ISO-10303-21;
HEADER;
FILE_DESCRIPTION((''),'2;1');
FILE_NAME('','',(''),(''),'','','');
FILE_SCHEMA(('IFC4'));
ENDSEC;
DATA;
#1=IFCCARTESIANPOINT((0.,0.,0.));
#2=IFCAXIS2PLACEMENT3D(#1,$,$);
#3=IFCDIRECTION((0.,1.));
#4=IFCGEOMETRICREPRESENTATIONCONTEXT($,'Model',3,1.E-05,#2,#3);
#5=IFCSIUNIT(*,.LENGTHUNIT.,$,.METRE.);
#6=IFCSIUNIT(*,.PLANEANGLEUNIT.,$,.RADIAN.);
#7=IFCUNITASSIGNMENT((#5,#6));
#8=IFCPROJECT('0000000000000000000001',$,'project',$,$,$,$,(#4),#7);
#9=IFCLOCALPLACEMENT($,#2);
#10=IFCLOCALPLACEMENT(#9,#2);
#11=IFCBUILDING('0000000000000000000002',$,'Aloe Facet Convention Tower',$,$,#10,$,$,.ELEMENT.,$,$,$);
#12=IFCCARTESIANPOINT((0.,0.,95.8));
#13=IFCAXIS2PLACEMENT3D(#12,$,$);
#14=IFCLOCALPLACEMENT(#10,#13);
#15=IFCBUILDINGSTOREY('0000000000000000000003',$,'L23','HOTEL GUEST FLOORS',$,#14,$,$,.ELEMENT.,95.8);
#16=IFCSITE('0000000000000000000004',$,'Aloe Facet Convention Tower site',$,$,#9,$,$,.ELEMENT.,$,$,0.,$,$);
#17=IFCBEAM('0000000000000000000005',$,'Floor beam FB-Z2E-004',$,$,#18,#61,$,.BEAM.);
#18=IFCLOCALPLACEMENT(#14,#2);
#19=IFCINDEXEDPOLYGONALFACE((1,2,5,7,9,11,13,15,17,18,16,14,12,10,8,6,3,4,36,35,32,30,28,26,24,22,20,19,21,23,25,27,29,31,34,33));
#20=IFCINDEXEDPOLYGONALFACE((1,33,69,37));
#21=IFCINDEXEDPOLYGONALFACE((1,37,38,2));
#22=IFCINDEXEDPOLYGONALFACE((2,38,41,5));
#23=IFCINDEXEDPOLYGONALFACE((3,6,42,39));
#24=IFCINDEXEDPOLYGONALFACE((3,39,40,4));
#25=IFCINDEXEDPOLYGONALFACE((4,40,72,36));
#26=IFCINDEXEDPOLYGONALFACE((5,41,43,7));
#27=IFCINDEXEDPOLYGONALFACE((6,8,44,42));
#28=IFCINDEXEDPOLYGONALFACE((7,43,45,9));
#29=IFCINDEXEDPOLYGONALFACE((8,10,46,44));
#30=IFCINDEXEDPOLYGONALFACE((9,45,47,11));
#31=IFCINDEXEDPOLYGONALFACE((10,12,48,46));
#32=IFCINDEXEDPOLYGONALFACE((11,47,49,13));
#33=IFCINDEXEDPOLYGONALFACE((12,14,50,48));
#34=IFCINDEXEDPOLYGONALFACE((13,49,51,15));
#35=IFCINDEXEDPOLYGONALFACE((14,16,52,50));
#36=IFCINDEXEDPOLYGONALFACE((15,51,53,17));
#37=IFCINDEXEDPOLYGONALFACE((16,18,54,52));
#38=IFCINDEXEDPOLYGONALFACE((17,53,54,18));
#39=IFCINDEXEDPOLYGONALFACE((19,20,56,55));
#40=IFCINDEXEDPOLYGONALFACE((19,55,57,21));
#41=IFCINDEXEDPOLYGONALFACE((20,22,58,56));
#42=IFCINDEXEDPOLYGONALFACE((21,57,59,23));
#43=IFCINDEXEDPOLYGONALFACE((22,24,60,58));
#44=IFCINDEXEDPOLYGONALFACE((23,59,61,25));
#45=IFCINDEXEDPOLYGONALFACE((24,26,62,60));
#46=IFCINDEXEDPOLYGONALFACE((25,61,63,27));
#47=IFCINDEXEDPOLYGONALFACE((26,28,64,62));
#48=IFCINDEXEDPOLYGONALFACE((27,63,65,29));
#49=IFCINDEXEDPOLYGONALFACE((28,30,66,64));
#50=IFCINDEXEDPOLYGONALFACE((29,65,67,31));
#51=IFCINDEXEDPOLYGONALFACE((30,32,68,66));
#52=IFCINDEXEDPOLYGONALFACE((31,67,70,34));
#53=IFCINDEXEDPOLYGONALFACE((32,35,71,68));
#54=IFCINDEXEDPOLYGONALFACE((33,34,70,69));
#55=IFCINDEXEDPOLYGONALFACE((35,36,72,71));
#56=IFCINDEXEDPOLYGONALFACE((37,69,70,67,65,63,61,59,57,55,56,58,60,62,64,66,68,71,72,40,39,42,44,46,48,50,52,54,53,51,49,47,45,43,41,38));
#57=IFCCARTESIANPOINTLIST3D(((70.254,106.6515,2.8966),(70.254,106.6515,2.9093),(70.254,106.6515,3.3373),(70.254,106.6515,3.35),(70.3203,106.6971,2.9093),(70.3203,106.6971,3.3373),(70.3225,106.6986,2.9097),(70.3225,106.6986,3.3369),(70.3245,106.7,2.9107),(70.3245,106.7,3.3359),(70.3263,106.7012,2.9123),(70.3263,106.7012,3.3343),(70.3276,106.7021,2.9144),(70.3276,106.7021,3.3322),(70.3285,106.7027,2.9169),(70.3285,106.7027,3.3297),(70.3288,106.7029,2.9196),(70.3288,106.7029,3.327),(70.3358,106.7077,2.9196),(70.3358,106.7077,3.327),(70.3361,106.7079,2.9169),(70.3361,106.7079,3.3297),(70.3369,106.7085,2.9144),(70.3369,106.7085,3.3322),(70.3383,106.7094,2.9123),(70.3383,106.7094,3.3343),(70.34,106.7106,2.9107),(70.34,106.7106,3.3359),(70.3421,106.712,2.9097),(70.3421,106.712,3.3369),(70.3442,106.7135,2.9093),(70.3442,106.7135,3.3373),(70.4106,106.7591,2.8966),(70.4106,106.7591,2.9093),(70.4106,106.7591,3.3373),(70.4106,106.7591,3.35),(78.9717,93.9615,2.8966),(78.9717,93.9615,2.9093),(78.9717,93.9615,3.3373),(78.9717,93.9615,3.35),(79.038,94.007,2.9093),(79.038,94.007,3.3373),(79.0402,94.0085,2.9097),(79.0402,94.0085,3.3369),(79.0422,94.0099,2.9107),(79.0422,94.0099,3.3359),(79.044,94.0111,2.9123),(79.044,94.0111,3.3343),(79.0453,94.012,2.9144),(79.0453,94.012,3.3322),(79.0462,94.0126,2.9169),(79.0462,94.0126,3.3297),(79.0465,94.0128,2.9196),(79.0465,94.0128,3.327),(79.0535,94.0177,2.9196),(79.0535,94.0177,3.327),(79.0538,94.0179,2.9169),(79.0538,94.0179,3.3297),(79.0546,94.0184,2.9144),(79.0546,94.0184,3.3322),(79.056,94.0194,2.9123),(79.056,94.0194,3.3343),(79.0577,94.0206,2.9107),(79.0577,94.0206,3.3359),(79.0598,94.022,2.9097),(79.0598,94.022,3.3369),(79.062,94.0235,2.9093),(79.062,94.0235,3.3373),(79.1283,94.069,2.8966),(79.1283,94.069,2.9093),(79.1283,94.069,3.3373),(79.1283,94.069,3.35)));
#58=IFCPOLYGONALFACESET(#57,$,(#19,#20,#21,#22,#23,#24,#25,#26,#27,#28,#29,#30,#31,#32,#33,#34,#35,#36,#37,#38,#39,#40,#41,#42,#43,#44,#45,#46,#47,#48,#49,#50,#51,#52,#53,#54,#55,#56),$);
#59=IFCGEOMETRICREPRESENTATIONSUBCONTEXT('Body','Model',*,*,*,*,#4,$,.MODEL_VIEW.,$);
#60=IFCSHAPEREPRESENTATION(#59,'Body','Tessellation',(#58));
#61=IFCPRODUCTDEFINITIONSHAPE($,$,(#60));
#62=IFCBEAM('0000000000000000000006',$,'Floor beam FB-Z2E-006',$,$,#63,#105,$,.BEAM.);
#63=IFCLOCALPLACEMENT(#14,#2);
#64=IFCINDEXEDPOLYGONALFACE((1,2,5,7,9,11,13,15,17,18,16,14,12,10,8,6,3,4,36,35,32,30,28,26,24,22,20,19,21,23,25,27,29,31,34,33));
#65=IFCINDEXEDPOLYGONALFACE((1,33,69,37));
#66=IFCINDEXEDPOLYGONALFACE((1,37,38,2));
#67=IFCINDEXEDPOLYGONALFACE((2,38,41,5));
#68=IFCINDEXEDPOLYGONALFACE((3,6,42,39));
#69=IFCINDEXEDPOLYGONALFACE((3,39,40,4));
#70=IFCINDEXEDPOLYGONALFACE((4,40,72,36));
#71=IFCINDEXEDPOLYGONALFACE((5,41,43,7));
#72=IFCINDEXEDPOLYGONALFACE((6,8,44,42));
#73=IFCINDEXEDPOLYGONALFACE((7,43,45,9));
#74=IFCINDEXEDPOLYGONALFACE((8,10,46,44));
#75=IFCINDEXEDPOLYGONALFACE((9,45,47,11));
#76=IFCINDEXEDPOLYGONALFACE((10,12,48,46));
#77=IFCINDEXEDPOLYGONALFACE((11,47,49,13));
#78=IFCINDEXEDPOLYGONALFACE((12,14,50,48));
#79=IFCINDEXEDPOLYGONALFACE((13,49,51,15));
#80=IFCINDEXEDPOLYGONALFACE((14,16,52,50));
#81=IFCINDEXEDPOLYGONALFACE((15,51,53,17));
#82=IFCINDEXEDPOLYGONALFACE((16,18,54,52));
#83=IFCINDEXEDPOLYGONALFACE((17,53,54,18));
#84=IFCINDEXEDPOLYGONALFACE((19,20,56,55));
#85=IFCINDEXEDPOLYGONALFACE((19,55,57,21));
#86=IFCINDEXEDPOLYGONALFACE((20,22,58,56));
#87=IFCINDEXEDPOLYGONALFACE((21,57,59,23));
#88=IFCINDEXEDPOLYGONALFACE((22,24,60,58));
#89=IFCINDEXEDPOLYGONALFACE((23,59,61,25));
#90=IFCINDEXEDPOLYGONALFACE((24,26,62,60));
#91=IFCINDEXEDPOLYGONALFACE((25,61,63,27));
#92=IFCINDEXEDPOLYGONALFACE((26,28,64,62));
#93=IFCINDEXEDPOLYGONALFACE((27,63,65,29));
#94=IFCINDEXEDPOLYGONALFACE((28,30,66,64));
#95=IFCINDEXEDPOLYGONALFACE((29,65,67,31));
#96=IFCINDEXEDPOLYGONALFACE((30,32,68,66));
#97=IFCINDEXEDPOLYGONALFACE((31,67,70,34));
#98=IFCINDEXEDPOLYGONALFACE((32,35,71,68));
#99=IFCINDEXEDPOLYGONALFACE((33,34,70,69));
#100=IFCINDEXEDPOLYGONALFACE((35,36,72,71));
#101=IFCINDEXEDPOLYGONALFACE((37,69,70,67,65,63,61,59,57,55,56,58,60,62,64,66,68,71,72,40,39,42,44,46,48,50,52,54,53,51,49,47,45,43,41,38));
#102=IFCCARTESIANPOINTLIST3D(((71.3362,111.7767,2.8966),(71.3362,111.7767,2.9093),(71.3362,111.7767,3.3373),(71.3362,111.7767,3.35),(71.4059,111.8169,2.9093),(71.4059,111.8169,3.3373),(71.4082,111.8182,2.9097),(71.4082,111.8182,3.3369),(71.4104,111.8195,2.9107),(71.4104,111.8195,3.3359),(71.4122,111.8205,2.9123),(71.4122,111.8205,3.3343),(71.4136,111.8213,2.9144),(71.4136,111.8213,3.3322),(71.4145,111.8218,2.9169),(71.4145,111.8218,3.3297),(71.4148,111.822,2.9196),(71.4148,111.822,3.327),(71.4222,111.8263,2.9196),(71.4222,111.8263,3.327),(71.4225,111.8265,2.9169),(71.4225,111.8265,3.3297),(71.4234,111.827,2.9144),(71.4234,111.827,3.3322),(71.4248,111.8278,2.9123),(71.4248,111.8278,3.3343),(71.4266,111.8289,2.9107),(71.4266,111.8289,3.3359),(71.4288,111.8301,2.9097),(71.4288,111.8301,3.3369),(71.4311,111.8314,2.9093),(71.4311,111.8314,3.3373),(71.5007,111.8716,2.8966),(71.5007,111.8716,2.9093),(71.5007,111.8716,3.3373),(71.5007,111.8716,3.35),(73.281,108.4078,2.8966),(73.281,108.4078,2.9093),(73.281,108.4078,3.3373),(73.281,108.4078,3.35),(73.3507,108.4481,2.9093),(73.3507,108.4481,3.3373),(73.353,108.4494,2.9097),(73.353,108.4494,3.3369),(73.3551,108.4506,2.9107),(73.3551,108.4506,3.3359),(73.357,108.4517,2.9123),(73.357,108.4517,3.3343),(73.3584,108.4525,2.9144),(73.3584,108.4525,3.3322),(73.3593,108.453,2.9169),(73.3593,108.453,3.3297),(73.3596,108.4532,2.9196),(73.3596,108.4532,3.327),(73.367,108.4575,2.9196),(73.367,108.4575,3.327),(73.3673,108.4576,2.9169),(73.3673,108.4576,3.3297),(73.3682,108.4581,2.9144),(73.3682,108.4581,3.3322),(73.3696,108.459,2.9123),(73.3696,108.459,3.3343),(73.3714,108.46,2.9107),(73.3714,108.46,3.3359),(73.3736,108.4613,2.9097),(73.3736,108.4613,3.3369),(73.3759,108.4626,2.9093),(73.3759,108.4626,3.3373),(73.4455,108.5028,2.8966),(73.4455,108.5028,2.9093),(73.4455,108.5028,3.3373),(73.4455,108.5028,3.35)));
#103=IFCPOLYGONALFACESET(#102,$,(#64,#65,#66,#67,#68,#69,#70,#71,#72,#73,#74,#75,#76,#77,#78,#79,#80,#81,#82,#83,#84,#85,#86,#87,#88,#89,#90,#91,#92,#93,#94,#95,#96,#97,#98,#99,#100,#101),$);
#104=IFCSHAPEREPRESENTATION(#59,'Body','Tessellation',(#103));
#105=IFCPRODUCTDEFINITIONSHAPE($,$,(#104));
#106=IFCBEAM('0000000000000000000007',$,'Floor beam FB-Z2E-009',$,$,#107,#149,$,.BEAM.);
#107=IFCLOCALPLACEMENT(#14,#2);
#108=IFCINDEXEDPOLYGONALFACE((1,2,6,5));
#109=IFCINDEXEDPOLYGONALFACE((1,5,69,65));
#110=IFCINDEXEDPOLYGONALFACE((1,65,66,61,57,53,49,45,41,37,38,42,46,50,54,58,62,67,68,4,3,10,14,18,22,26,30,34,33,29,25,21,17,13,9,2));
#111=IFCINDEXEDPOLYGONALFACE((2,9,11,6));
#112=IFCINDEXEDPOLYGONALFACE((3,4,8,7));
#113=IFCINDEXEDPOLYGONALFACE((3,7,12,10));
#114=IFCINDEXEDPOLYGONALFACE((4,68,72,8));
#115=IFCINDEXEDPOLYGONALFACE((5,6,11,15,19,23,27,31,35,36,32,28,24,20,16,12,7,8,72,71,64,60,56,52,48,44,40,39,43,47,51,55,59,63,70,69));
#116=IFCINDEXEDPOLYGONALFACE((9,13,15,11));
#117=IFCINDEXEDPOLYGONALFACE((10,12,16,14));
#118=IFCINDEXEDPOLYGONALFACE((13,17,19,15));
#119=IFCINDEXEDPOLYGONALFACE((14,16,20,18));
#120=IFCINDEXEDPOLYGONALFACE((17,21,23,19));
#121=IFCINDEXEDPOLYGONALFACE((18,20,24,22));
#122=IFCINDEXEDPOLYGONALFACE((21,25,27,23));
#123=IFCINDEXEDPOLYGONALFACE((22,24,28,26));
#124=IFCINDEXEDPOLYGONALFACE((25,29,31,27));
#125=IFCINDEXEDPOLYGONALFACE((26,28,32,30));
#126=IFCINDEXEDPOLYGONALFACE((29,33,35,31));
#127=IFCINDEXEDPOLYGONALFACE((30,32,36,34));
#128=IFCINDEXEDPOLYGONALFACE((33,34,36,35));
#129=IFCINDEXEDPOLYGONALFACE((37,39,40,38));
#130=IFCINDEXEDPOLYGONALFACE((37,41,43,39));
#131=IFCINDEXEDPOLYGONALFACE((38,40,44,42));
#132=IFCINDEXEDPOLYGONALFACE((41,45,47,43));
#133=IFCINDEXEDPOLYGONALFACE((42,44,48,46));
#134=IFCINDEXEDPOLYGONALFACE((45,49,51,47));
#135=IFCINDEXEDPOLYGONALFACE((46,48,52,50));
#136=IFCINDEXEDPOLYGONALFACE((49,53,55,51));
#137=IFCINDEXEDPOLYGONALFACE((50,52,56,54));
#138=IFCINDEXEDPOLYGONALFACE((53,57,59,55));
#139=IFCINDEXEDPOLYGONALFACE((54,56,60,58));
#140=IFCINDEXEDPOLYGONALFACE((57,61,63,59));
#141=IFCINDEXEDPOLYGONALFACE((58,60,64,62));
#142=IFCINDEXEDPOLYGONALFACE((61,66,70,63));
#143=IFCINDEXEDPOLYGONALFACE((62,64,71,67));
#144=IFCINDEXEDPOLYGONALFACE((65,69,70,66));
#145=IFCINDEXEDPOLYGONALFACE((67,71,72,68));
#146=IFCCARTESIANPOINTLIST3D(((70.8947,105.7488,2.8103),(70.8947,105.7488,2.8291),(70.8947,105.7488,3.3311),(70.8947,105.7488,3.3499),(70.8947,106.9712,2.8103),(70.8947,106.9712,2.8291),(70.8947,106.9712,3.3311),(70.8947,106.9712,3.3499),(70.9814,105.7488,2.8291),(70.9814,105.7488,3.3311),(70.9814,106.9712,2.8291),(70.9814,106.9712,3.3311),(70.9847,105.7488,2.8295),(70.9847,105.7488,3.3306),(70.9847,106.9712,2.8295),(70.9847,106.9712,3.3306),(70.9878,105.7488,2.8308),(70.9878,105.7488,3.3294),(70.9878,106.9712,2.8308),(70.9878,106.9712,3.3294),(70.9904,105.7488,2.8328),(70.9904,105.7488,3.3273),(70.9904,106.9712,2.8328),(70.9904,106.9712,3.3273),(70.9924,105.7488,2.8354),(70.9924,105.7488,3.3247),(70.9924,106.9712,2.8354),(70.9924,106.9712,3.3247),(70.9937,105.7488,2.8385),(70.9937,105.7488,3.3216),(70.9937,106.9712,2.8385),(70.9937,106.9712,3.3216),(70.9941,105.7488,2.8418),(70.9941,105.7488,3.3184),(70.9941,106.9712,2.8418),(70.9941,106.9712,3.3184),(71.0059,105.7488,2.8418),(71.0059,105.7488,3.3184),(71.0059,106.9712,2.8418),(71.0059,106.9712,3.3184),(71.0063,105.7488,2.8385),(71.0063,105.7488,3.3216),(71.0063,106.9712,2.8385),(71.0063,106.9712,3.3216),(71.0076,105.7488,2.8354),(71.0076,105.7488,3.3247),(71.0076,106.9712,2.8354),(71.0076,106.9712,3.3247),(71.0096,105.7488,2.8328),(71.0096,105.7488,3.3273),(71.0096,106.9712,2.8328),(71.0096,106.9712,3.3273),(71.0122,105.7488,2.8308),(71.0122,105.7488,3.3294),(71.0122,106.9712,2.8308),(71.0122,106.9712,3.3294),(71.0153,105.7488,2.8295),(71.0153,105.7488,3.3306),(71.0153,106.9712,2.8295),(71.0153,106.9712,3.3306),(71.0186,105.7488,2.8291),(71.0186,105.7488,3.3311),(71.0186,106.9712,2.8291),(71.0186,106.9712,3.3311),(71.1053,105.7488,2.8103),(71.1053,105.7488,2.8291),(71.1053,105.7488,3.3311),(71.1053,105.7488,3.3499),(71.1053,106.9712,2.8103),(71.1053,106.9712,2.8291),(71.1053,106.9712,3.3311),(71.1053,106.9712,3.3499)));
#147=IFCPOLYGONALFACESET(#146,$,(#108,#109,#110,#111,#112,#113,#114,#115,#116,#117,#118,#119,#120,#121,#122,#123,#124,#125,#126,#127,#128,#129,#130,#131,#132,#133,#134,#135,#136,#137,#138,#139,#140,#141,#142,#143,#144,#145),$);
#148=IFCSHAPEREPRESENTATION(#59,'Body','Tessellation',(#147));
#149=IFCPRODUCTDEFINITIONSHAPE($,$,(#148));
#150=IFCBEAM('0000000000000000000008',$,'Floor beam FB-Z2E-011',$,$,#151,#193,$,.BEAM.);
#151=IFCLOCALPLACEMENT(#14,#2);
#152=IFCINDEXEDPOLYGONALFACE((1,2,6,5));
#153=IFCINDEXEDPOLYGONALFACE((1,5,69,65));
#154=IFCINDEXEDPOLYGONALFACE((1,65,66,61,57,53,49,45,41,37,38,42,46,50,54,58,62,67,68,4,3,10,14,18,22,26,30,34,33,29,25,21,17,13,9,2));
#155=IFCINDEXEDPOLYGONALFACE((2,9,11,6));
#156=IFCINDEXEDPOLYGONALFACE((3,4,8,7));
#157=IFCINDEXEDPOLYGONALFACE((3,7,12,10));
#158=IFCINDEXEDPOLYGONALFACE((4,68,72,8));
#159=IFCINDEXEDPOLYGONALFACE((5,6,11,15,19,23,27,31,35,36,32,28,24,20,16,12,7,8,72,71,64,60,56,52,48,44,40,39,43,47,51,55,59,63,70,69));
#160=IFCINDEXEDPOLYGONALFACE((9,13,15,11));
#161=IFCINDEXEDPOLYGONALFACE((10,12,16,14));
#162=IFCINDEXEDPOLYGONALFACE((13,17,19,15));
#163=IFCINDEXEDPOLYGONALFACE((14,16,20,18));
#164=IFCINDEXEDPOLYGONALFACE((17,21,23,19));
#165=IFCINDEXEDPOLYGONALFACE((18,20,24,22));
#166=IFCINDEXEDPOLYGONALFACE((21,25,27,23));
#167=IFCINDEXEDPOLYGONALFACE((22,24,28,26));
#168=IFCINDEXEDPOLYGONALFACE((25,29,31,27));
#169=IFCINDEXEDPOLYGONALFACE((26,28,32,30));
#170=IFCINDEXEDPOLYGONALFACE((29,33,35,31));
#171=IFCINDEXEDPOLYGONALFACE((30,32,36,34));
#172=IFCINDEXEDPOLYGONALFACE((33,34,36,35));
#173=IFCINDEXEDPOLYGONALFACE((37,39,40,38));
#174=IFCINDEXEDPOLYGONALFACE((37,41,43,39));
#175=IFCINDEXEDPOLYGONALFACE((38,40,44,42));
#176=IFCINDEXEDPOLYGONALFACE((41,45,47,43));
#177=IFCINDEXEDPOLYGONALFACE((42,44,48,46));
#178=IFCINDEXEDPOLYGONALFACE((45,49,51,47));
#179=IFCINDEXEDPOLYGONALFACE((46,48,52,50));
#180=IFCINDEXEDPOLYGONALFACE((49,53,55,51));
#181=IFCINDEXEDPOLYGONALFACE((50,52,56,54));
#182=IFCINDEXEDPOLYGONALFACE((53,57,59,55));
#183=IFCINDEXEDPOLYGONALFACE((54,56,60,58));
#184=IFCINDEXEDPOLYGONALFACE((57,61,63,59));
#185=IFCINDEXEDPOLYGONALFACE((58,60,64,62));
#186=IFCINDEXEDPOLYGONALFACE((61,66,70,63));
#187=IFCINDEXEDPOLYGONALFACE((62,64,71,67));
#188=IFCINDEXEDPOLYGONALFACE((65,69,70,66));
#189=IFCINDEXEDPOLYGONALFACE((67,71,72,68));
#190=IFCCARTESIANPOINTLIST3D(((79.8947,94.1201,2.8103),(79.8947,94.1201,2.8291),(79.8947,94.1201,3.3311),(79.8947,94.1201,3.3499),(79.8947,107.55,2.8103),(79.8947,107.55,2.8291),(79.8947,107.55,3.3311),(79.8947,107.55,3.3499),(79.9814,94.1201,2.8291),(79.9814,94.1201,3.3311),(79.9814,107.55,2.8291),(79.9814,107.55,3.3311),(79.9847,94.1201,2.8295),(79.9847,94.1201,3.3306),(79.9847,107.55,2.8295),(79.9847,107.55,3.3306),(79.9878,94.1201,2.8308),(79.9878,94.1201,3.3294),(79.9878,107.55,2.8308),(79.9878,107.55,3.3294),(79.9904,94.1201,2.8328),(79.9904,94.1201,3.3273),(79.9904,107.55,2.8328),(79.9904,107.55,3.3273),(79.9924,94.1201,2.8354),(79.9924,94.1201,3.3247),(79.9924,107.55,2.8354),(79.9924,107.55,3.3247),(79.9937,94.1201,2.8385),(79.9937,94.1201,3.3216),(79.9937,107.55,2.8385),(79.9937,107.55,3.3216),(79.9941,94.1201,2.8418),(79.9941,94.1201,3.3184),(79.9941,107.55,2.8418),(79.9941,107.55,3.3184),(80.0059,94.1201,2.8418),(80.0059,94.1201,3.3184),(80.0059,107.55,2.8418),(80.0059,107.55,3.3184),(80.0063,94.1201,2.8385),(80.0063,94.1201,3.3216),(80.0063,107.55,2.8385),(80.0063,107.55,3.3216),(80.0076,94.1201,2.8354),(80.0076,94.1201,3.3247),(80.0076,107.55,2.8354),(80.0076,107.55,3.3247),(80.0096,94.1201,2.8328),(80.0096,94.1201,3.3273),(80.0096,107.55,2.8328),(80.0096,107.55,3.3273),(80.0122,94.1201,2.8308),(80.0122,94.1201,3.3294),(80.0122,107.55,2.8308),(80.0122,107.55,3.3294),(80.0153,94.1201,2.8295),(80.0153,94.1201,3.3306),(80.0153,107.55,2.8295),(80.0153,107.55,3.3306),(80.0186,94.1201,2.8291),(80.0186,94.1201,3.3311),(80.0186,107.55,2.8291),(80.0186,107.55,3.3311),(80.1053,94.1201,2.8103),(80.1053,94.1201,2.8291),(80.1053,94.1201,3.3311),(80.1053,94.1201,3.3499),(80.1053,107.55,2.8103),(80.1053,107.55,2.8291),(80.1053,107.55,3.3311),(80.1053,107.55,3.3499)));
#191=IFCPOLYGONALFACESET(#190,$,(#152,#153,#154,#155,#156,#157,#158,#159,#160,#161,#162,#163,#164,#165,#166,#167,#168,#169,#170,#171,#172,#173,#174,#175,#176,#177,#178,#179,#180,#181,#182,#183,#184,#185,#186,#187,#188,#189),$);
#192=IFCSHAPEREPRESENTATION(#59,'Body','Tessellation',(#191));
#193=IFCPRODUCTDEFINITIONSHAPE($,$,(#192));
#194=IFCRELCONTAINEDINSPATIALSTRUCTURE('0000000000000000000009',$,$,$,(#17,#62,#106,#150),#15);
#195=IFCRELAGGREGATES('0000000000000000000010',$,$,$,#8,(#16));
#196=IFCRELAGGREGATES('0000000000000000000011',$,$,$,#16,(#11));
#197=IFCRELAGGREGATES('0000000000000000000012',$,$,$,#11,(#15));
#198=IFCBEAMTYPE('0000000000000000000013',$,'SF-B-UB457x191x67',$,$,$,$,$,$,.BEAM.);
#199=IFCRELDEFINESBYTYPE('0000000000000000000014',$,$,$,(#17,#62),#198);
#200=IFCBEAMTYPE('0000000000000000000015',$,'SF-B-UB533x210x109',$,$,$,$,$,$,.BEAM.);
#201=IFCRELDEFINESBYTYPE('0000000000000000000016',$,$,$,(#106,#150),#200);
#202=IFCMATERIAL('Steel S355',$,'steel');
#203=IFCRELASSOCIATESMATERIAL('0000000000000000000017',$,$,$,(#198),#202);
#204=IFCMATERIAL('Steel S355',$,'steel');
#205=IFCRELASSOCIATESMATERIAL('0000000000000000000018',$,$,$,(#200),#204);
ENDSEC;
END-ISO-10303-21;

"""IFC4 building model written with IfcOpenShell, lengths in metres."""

from ifc_helpers import new_model, si_unit, direction, frame, origin, origin_2d, place, context, subcontext, project, spatial, i_section, extrude, material, material_profile, profile_set, type_object, element, save


model = new_model("IFC4")

# Units and contexts
model_context = context("Model", 3, precision=1e-05, world=origin(), true_north=direction((0.0, 1.0)))
body_context = subcontext(model_context, "Body", "Model", "MODEL_VIEW")
ifc_project = project(units=[si_unit("LENGTHUNIT", "METRE"), si_unit("PLANEANGLEUNIT", "RADIAN")], contexts=[model_context])

# Site, building, storey
site_placement = place(None, origin())
site = spatial("IfcSite", under=ifc_project, at=site_placement, Name="Aloe Facet Convention Tower site", CompositionType="ELEMENT", RefElevation=0.0)
building_placement = place(site_placement, origin())
building = spatial("IfcBuilding", under=site, at=building_placement, Name="Aloe Facet Convention Tower", CompositionType="ELEMENT")
storey_placement = place(building_placement, frame((0.0, 0.0, 95.8)))
storey = spatial("IfcBuildingStorey", under=building, at=storey_placement, Name="L23", Description="HOTEL GUEST FLOORS", CompositionType="ELEMENT", Elevation=95.8)

# Beams
ifc_material_1 = material(Name="Steel S355", Category="steel")
ifc_material_profile_1 = material_profile(ifc_material_1, i_section(OverallWidth=0.1899, OverallDepth=0.4534, WebThickness=0.0085, FlangeThickness=0.0127, FilletRadius=0.0103, at=origin_2d()), Name="UB 457x191x67")
ifc_profile_set_1 = profile_set([ifc_material_profile_1], Name="Steel S355")
beam_type_1 = type_object("IfcBeamType", Name="SF-B-UB457x191x67", PredefinedType="BEAM", material=ifc_profile_set_1)
beam_1_placement = place(storey_placement, frame((70.3323, 106.7053, 3.1233), z_axis=(0.566232, -0.824246, 0.0), x_axis=(0.824246, 0.566232, 0.0)))
element("IfcBeam", 1, at=beam_1_placement, inside=storey, type_object=beam_type_1, Name="Floor beam FB-Z2E-004", PredefinedType="BEAM", context=body_context, shape_type="SweptSolid", body=[
    extrude(i_section(OverallWidth=0.1899, OverallDepth=0.4534, WebThickness=0.0085, FlangeThickness=0.0127, FilletRadius=0.0103, at=origin_2d()), origin(), (0.0, 0.0, 1.0), 15.396),
])
beam_2_placement = place(storey_placement, frame((73.3633, 108.4553, 3.1233), z_axis=(-0.49996, 0.866049, 0.0), x_axis=(-0.866049, -0.49996, 0.0)))
element("IfcBeam", 2, at=beam_2_placement, inside=storey, type_object=beam_type_1, Name="Floor beam FB-Z2E-006", PredefinedType="BEAM", context=body_context, shape_type="SweptSolid", body=[
    extrude(i_section(OverallWidth=0.1899, OverallDepth=0.4534, WebThickness=0.0085, FlangeThickness=0.0127, FilletRadius=0.0103, at=origin_2d()), origin(), (0.0, 0.0, 1.0), 3.8899),
])
ifc_material_2 = material(Name="Steel S355", Category="steel")
ifc_material_profile_2 = material_profile(ifc_material_2, i_section(OverallWidth=0.2107, OverallDepth=0.5396, WebThickness=0.0117, FlangeThickness=0.0188, FilletRadius=0.0127, at=origin_2d()), Name="UB 533x210x109")
ifc_profile_set_2 = profile_set([ifc_material_profile_2], Name="Steel S355")
beam_type_2 = type_object("IfcBeamType", Name="SF-B-UB533x210x109", PredefinedType="BEAM", material=ifc_profile_set_2)
beam_3_placement = place(storey_placement, frame((71.0, 106.9712, 3.0801), z_axis=(0.0, -1.0, 0.0), x_axis=(1.0, 0.0, 0.0)))
element("IfcBeam", 3, at=beam_3_placement, inside=storey, type_object=beam_type_2, Name="Floor beam FB-Z2E-009", PredefinedType="BEAM", context=body_context, shape_type="SweptSolid", body=[
    extrude(i_section(OverallWidth=0.2107, OverallDepth=0.5396, WebThickness=0.0117, FlangeThickness=0.0188, FilletRadius=0.0127, at=origin_2d()), origin(), (0.0, 0.0, 1.0), 1.2224),
])
beam_4_placement = place(storey_placement, frame((80.0, 107.55, 3.0801), z_axis=(0.0, -1.0, 0.0), x_axis=(1.0, 0.0, 0.0)))
element("IfcBeam", 4, at=beam_4_placement, inside=storey, type_object=beam_type_2, Name="Floor beam FB-Z2E-011", PredefinedType="BEAM", context=body_context, shape_type="SweptSolid", body=[
    extrude(i_section(OverallWidth=0.2107, OverallDepth=0.5396, WebThickness=0.0117, FlangeThickness=0.0188, FilletRadius=0.0127, at=origin_2d()), origin(), (0.0, 0.0, 1.0), 13.4299),
])

save(model, "model.ifc")
